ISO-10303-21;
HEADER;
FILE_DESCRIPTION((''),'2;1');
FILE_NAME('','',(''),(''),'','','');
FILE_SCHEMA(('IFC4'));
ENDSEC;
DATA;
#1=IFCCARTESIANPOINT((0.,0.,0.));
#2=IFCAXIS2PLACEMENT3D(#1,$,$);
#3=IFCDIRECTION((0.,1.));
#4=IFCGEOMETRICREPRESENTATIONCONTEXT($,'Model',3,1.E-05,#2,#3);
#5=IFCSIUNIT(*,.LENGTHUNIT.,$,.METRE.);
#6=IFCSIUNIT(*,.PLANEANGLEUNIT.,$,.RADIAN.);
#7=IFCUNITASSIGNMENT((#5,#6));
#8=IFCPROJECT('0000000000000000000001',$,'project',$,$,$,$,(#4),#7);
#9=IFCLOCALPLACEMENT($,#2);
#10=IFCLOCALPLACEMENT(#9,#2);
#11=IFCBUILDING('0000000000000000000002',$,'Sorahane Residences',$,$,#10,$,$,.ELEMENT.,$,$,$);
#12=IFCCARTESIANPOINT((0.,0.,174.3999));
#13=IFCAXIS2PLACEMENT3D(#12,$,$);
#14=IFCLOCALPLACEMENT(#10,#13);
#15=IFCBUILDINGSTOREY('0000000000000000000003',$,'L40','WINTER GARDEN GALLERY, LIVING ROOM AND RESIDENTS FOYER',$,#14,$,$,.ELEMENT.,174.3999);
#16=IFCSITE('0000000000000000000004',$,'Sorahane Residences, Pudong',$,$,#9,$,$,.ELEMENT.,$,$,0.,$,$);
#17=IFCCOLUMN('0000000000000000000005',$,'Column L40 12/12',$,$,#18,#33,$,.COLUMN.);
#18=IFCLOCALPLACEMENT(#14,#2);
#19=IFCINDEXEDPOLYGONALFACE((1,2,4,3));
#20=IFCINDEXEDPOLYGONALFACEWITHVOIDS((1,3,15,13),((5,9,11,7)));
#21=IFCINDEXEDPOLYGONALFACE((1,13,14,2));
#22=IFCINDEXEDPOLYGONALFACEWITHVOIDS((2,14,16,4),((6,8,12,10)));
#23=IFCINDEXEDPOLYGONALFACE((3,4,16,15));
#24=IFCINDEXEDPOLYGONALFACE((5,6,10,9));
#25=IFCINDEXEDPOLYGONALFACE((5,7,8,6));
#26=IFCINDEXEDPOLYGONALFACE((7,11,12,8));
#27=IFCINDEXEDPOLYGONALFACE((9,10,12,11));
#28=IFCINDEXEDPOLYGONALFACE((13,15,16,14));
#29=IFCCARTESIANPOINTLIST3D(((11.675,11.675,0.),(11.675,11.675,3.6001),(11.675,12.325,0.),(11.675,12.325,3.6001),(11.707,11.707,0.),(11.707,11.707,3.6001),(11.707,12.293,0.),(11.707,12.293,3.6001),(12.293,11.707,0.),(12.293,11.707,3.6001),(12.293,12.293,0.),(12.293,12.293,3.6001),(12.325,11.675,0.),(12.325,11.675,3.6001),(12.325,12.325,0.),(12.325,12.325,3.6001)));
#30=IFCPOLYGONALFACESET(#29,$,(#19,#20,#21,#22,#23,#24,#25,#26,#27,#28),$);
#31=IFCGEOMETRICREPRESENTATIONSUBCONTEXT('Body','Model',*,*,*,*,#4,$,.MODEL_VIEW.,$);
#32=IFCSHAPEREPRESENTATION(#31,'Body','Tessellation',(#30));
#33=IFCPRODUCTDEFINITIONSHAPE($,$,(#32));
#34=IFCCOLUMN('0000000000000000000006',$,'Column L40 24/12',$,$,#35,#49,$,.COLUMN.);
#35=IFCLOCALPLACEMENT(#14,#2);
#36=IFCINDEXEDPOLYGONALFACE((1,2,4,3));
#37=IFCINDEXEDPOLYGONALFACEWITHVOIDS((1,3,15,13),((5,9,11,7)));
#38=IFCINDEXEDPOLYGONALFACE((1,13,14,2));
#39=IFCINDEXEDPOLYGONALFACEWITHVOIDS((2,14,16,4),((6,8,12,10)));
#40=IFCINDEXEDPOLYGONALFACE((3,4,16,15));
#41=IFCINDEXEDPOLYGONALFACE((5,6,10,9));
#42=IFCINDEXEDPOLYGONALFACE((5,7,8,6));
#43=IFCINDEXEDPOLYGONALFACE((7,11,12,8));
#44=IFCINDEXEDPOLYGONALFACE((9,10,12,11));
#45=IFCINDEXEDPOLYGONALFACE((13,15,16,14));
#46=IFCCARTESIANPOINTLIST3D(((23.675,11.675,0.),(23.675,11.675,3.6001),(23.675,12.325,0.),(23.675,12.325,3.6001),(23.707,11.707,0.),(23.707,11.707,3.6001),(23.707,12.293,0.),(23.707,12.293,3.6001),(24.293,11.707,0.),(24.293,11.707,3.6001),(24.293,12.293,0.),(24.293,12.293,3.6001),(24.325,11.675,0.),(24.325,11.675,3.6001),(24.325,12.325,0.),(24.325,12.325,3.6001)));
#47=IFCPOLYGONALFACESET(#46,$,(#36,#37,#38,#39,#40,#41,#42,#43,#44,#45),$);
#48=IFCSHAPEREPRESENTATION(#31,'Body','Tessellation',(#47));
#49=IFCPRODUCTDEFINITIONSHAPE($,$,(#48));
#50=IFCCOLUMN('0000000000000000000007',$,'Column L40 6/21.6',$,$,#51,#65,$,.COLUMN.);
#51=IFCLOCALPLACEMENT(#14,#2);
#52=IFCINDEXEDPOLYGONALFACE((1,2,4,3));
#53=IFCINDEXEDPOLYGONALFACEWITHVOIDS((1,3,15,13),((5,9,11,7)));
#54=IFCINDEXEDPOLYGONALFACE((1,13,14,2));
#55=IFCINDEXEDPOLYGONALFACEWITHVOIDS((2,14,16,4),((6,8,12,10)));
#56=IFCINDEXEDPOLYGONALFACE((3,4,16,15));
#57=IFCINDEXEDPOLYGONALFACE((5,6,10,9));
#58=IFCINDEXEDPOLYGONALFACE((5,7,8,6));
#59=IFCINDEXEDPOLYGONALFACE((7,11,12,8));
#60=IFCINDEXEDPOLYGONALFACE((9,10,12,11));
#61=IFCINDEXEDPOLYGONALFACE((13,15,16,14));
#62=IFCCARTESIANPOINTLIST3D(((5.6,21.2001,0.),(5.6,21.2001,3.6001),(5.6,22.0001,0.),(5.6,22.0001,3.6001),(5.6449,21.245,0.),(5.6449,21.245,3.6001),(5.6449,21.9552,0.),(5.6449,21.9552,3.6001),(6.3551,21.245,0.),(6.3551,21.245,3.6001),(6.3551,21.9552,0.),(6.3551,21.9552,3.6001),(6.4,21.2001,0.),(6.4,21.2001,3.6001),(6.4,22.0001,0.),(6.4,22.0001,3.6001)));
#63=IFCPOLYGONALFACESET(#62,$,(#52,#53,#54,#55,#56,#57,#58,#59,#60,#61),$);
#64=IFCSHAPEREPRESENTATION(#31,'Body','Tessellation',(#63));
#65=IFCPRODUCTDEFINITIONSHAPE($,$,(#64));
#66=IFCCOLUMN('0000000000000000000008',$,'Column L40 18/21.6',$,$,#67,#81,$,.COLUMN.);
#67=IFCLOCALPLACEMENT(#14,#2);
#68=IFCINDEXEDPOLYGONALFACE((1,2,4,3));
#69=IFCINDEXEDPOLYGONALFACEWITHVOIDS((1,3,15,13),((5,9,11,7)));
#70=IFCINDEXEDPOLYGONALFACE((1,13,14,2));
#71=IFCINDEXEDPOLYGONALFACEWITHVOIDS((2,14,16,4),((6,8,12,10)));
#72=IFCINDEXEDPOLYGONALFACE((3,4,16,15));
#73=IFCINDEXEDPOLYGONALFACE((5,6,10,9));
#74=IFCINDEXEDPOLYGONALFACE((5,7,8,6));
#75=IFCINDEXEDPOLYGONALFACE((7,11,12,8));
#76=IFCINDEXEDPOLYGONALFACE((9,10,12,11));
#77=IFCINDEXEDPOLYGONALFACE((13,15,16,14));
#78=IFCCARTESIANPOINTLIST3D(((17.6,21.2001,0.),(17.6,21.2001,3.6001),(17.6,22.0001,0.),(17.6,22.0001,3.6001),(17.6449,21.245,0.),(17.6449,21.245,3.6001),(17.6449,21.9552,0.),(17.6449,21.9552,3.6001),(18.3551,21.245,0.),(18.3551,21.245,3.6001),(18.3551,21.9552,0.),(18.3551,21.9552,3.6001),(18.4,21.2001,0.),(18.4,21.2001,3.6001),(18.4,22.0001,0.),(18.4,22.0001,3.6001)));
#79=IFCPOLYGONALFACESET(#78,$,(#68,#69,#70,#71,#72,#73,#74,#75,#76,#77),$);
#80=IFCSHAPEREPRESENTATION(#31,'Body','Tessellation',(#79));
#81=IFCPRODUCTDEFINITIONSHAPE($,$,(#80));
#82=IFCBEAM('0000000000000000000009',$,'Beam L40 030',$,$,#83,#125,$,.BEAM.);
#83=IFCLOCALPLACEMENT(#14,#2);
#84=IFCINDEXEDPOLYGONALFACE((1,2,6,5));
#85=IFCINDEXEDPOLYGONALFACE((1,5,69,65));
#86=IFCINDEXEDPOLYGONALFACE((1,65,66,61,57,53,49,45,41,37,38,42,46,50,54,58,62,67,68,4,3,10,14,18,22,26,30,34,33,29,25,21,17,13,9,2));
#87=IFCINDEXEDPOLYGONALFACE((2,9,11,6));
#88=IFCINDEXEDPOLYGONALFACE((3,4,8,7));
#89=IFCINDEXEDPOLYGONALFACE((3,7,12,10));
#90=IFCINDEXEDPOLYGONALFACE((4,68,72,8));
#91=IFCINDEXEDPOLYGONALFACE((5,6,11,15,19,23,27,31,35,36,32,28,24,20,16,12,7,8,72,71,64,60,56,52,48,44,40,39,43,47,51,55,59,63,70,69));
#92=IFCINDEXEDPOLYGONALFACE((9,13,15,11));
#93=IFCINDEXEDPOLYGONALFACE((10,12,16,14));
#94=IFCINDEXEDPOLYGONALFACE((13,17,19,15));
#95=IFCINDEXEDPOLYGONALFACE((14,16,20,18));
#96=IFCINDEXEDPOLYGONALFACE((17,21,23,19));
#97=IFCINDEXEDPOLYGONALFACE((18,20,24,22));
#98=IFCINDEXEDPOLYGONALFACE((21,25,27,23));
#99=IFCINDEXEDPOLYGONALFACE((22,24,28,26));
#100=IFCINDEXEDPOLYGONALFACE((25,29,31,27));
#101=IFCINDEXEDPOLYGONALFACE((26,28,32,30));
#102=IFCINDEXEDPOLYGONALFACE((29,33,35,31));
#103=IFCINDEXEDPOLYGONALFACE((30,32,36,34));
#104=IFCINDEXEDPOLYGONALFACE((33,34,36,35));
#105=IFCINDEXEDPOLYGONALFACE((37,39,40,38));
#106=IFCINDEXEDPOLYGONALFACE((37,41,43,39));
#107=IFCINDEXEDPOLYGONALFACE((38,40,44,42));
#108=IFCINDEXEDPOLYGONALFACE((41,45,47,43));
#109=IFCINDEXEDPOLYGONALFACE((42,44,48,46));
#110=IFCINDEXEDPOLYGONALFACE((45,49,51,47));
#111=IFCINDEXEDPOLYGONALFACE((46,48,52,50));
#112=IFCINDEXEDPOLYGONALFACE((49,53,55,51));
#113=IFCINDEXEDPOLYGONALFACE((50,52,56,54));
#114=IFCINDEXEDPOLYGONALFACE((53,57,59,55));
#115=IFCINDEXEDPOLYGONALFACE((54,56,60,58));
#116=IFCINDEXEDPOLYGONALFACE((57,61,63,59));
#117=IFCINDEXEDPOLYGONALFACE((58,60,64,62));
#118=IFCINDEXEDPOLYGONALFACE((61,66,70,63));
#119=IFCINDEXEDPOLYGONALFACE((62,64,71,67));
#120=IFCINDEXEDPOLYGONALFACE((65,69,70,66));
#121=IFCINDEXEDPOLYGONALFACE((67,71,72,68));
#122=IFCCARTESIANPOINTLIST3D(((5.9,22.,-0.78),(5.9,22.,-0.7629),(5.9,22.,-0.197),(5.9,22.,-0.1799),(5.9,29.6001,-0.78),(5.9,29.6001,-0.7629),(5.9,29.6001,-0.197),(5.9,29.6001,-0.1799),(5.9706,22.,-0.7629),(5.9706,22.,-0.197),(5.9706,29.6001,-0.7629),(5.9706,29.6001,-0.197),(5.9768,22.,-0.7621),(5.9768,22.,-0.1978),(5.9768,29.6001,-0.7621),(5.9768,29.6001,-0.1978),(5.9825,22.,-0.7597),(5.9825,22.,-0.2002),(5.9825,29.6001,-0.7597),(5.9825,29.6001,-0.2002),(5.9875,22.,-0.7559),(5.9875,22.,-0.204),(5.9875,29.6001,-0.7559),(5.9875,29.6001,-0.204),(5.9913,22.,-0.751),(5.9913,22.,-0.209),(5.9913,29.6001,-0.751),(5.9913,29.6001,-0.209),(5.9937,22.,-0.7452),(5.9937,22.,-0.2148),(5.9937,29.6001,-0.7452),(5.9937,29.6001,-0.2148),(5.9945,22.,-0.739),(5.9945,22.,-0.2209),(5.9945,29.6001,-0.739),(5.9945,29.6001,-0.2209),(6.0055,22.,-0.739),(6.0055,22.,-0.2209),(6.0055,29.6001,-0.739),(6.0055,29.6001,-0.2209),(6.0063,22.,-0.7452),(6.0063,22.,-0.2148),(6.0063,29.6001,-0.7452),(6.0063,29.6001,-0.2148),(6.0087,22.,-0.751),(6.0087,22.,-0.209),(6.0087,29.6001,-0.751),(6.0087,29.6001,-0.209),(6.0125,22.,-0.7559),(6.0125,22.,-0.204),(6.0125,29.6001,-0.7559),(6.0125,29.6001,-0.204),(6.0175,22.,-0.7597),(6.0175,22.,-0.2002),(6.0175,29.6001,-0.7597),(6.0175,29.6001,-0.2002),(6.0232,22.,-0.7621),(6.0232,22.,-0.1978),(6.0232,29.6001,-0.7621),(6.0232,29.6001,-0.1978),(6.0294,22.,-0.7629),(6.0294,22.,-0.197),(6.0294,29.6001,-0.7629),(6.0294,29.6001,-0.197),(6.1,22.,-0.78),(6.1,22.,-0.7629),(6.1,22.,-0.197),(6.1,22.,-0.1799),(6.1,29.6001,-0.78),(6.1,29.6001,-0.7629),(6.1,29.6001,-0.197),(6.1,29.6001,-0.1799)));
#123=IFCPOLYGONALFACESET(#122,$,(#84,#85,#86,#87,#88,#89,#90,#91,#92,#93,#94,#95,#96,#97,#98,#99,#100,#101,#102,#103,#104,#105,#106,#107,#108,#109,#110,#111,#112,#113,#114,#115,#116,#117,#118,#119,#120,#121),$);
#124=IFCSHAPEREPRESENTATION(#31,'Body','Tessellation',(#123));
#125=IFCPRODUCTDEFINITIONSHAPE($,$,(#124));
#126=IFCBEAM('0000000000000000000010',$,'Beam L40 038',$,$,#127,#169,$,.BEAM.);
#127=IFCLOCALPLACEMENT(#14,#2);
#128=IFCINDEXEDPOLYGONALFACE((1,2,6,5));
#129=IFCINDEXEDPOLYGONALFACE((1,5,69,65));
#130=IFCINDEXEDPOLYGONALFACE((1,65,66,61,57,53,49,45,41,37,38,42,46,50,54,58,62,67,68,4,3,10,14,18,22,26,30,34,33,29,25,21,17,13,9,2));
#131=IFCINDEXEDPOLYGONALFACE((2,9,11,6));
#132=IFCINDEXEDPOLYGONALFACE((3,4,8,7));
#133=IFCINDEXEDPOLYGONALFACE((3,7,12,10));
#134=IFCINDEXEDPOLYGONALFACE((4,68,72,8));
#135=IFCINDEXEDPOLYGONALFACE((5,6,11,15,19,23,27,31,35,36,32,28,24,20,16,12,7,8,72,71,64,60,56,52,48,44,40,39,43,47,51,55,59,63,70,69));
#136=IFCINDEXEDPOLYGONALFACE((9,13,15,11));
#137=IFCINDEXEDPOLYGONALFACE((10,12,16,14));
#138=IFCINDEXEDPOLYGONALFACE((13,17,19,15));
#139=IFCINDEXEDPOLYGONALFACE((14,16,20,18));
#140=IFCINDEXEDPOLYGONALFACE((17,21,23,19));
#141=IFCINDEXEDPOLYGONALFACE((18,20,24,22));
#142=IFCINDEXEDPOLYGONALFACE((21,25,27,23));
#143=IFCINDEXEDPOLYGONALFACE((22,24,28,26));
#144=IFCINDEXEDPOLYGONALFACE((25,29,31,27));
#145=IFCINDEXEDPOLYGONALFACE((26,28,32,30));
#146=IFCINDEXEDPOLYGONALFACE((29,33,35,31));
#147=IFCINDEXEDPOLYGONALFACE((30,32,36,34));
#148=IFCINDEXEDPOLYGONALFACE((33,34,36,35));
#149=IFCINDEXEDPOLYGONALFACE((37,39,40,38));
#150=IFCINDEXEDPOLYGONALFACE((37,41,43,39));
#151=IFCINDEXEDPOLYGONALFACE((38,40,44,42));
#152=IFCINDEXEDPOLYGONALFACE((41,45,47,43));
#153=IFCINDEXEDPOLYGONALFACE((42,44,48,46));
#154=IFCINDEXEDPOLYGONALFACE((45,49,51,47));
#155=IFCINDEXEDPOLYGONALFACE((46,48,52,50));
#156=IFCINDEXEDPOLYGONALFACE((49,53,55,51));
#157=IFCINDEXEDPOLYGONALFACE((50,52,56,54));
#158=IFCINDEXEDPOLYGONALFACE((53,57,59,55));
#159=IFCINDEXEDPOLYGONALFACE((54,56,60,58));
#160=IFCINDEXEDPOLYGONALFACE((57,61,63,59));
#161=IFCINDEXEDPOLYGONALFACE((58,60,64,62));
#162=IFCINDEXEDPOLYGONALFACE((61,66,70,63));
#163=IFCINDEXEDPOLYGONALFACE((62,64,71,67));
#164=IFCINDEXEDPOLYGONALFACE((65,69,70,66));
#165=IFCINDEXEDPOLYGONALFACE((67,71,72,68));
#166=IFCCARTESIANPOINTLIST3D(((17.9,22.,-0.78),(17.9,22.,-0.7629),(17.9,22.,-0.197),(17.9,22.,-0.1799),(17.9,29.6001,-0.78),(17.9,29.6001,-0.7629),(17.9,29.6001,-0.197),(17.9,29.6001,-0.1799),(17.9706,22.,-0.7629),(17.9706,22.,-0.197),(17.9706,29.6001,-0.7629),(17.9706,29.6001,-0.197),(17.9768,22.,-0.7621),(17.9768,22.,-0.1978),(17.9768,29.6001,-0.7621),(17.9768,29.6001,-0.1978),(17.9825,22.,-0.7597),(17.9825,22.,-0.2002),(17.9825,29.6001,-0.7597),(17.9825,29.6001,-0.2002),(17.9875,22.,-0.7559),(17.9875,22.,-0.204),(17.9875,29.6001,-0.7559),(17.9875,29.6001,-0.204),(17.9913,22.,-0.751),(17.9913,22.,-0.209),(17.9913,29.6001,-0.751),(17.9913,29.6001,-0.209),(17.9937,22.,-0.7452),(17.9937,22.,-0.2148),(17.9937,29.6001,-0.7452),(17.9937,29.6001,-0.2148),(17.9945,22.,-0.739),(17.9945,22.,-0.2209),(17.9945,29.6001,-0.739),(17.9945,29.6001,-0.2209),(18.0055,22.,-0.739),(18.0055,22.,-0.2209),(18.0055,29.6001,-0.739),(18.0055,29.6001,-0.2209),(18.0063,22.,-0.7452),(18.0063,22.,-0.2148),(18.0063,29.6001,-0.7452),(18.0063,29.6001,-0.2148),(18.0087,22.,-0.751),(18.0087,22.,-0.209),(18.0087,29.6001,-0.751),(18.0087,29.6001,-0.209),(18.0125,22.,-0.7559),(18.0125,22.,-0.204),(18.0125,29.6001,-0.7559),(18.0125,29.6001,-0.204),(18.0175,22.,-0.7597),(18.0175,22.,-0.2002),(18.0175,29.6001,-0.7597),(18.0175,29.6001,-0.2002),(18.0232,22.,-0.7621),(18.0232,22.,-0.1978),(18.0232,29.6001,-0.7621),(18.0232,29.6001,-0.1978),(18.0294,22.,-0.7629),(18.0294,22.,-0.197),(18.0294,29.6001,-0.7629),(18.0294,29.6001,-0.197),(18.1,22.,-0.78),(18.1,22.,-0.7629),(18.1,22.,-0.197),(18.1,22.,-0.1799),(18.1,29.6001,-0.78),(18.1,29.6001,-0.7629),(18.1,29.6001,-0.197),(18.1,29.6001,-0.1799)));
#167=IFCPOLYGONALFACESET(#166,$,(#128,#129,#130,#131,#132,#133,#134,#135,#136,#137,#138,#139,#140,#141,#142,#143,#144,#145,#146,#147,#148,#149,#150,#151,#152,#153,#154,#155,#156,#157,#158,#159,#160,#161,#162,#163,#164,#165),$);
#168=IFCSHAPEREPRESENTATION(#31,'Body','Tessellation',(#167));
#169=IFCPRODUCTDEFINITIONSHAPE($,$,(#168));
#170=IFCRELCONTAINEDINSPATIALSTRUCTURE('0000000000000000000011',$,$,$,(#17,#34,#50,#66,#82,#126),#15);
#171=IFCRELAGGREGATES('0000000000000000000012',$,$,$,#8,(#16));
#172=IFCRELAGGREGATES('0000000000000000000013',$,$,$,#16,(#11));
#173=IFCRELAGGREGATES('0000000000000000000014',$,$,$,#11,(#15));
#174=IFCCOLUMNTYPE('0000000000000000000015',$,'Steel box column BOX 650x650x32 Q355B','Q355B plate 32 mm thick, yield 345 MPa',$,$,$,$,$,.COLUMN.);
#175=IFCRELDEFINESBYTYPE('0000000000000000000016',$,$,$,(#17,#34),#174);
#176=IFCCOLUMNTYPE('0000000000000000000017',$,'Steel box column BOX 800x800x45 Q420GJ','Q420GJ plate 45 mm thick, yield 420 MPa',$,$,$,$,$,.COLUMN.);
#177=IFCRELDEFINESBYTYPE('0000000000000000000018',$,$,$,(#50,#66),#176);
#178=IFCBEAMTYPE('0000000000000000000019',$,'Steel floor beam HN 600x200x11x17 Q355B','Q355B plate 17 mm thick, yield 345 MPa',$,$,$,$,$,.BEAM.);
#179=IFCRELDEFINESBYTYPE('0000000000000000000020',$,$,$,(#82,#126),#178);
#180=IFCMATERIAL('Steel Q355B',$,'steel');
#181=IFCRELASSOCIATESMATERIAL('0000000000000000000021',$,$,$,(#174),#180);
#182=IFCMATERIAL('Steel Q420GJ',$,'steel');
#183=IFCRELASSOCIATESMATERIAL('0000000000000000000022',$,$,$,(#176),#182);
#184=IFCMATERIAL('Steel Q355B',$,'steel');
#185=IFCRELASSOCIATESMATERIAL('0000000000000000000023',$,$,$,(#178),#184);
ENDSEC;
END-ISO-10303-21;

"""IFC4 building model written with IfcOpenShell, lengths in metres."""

from ifc_helpers import new_model, si_unit, direction, frame, origin, origin_2d, place, context, subcontext, project, spatial, hollow_rectangle, i_section, extrude, material, material_profile, profile_set, type_object, element, save


model = new_model("IFC4")

# Units and contexts
model_context = context("Model", 3, precision=1e-05, world=origin(), true_north=direction((0.0, 1.0)))
body_context = subcontext(model_context, "Body", "Model", "MODEL_VIEW")
ifc_project = project(units=[si_unit("LENGTHUNIT", "METRE"), si_unit("PLANEANGLEUNIT", "RADIAN")], contexts=[model_context])

# Site, building, storey
site_placement = place(None, origin())
site = spatial("IfcSite", under=ifc_project, at=site_placement, Name="Sorahane Residences, Pudong", CompositionType="ELEMENT", RefElevation=0.0)
building_placement = place(site_placement, origin())
building = spatial("IfcBuilding", under=site, at=building_placement, Name="Sorahane Residences", CompositionType="ELEMENT")
storey_placement = place(building_placement, frame((0.0, 0.0, 174.3999)))
storey = spatial("IfcBuildingStorey", under=building, at=storey_placement, Name="L40", Description="WINTER GARDEN GALLERY, LIVING ROOM AND RESIDENTS FOYER", CompositionType="ELEMENT", Elevation=174.3999)

# Columns
ifc_material_1 = material(Name="Steel Q355B", Category="steel")
ifc_material_profile_1 = material_profile(ifc_material_1, hollow_rectangle(XDim=0.6499, YDim=0.6499, WallThickness=0.032, at=origin_2d()), Name="BOX 650x650x32")
ifc_profile_set_1 = profile_set([ifc_material_profile_1], Name="Steel Q355B")
column_type_1 = type_object("IfcColumnType", Name="Steel box column BOX 650x650x32 Q355B", Description="Q355B plate 32 mm thick, yield 345 MPa", PredefinedType="COLUMN", material=ifc_profile_set_1)
for number, where, z_axis, x_axis, name in (
    (1, (12.0, 12.0, 0.0), (0.0, 0.0, 1.0), (1.0, 0.0, 0.0), "Column L40 12/12"),
    (2, (24.0, 12.0, 0.0), (0.0, 0.0, 1.0), (1.0, 0.0, 0.0), "Column L40 24/12"),
):
    element("IfcColumn", number, at=place(storey_placement, frame(where, z_axis=z_axis, x_axis=x_axis)), inside=storey, type_object=column_type_1, Name=name, PredefinedType="COLUMN", context=body_context, shape_type="SweptSolid", body=[
        extrude(hollow_rectangle(XDim=0.6499, YDim=0.6499, WallThickness=0.032, at=origin_2d()), origin(), (0.0, 0.0, 1.0), 3.6001),
    ])
ifc_material_2 = material(Name="Steel Q420GJ", Category="steel")
ifc_material_profile_2 = material_profile(ifc_material_2, hollow_rectangle(XDim=0.8, YDim=0.8, WallThickness=0.0449, at=origin_2d()), Name="BOX 800x800x45")
ifc_profile_set_2 = profile_set([ifc_material_profile_2], Name="Steel Q420GJ")
column_type_2 = type_object("IfcColumnType", Name="Steel box column BOX 800x800x45 Q420GJ", Description="Q420GJ plate 45 mm thick, yield 420 MPa", PredefinedType="COLUMN", material=ifc_profile_set_2)
for number, where, z_axis, x_axis, name in (
    (3, (6.0, 21.6001, 0.0), (0.0, 0.0, 1.0), (1.0, 0.0, 0.0), "Column L40 6/21.6"),
    (4, (18.0, 21.6001, 0.0), (0.0, 0.0, 1.0), (1.0, 0.0, 0.0), "Column L40 18/21.6"),
):
    element("IfcColumn", number, at=place(storey_placement, frame(where, z_axis=z_axis, x_axis=x_axis)), inside=storey, type_object=column_type_2, Name=name, PredefinedType="COLUMN", context=body_context, shape_type="SweptSolid", body=[
        extrude(hollow_rectangle(XDim=0.8, YDim=0.8, WallThickness=0.0449, at=origin_2d()), origin(), (0.0, 0.0, 1.0), 3.6001),
    ])

# Beams
ifc_material_3 = material(Name="Steel Q355B", Category="steel")
ifc_material_profile_3 = material_profile(ifc_material_3, i_section(OverallWidth=0.2, OverallDepth=0.6001, WebThickness=0.011, FlangeThickness=0.0171, FilletRadius=0.0239, at=origin_2d()), Name="HN 600x200x11x17")
ifc_profile_set_3 = profile_set([ifc_material_profile_3], Name="Steel Q355B")
beam_type_1 = type_object("IfcBeamType", Name="Steel floor beam HN 600x200x11x17 Q355B", Description="Q355B plate 17 mm thick, yield 345 MPa", PredefinedType="BEAM", material=ifc_profile_set_3)
for number, where, z_axis, x_axis, name in (
    (5, (6.0, 22.0, -0.48), (0.0, 1.0, 0.0), (-1.0, 0.0, 0.0), "Beam L40 030"),
    (6, (18.0, 22.0, -0.48), (0.0, 1.0, 0.0), (-1.0, 0.0, 0.0), "Beam L40 038"),
):
    element("IfcBeam", number, at=place(storey_placement, frame(where, z_axis=z_axis, x_axis=x_axis)), inside=storey, type_object=beam_type_1, Name=name, PredefinedType="BEAM", context=body_context, shape_type="SweptSolid", body=[
        extrude(i_section(OverallWidth=0.2, OverallDepth=0.6001, WebThickness=0.011, FlangeThickness=0.0171, FilletRadius=0.0239, at=origin_2d()), origin(), (0.0, 0.0, 1.0), 7.6001),
    ])

save(model, "model.ifc")
